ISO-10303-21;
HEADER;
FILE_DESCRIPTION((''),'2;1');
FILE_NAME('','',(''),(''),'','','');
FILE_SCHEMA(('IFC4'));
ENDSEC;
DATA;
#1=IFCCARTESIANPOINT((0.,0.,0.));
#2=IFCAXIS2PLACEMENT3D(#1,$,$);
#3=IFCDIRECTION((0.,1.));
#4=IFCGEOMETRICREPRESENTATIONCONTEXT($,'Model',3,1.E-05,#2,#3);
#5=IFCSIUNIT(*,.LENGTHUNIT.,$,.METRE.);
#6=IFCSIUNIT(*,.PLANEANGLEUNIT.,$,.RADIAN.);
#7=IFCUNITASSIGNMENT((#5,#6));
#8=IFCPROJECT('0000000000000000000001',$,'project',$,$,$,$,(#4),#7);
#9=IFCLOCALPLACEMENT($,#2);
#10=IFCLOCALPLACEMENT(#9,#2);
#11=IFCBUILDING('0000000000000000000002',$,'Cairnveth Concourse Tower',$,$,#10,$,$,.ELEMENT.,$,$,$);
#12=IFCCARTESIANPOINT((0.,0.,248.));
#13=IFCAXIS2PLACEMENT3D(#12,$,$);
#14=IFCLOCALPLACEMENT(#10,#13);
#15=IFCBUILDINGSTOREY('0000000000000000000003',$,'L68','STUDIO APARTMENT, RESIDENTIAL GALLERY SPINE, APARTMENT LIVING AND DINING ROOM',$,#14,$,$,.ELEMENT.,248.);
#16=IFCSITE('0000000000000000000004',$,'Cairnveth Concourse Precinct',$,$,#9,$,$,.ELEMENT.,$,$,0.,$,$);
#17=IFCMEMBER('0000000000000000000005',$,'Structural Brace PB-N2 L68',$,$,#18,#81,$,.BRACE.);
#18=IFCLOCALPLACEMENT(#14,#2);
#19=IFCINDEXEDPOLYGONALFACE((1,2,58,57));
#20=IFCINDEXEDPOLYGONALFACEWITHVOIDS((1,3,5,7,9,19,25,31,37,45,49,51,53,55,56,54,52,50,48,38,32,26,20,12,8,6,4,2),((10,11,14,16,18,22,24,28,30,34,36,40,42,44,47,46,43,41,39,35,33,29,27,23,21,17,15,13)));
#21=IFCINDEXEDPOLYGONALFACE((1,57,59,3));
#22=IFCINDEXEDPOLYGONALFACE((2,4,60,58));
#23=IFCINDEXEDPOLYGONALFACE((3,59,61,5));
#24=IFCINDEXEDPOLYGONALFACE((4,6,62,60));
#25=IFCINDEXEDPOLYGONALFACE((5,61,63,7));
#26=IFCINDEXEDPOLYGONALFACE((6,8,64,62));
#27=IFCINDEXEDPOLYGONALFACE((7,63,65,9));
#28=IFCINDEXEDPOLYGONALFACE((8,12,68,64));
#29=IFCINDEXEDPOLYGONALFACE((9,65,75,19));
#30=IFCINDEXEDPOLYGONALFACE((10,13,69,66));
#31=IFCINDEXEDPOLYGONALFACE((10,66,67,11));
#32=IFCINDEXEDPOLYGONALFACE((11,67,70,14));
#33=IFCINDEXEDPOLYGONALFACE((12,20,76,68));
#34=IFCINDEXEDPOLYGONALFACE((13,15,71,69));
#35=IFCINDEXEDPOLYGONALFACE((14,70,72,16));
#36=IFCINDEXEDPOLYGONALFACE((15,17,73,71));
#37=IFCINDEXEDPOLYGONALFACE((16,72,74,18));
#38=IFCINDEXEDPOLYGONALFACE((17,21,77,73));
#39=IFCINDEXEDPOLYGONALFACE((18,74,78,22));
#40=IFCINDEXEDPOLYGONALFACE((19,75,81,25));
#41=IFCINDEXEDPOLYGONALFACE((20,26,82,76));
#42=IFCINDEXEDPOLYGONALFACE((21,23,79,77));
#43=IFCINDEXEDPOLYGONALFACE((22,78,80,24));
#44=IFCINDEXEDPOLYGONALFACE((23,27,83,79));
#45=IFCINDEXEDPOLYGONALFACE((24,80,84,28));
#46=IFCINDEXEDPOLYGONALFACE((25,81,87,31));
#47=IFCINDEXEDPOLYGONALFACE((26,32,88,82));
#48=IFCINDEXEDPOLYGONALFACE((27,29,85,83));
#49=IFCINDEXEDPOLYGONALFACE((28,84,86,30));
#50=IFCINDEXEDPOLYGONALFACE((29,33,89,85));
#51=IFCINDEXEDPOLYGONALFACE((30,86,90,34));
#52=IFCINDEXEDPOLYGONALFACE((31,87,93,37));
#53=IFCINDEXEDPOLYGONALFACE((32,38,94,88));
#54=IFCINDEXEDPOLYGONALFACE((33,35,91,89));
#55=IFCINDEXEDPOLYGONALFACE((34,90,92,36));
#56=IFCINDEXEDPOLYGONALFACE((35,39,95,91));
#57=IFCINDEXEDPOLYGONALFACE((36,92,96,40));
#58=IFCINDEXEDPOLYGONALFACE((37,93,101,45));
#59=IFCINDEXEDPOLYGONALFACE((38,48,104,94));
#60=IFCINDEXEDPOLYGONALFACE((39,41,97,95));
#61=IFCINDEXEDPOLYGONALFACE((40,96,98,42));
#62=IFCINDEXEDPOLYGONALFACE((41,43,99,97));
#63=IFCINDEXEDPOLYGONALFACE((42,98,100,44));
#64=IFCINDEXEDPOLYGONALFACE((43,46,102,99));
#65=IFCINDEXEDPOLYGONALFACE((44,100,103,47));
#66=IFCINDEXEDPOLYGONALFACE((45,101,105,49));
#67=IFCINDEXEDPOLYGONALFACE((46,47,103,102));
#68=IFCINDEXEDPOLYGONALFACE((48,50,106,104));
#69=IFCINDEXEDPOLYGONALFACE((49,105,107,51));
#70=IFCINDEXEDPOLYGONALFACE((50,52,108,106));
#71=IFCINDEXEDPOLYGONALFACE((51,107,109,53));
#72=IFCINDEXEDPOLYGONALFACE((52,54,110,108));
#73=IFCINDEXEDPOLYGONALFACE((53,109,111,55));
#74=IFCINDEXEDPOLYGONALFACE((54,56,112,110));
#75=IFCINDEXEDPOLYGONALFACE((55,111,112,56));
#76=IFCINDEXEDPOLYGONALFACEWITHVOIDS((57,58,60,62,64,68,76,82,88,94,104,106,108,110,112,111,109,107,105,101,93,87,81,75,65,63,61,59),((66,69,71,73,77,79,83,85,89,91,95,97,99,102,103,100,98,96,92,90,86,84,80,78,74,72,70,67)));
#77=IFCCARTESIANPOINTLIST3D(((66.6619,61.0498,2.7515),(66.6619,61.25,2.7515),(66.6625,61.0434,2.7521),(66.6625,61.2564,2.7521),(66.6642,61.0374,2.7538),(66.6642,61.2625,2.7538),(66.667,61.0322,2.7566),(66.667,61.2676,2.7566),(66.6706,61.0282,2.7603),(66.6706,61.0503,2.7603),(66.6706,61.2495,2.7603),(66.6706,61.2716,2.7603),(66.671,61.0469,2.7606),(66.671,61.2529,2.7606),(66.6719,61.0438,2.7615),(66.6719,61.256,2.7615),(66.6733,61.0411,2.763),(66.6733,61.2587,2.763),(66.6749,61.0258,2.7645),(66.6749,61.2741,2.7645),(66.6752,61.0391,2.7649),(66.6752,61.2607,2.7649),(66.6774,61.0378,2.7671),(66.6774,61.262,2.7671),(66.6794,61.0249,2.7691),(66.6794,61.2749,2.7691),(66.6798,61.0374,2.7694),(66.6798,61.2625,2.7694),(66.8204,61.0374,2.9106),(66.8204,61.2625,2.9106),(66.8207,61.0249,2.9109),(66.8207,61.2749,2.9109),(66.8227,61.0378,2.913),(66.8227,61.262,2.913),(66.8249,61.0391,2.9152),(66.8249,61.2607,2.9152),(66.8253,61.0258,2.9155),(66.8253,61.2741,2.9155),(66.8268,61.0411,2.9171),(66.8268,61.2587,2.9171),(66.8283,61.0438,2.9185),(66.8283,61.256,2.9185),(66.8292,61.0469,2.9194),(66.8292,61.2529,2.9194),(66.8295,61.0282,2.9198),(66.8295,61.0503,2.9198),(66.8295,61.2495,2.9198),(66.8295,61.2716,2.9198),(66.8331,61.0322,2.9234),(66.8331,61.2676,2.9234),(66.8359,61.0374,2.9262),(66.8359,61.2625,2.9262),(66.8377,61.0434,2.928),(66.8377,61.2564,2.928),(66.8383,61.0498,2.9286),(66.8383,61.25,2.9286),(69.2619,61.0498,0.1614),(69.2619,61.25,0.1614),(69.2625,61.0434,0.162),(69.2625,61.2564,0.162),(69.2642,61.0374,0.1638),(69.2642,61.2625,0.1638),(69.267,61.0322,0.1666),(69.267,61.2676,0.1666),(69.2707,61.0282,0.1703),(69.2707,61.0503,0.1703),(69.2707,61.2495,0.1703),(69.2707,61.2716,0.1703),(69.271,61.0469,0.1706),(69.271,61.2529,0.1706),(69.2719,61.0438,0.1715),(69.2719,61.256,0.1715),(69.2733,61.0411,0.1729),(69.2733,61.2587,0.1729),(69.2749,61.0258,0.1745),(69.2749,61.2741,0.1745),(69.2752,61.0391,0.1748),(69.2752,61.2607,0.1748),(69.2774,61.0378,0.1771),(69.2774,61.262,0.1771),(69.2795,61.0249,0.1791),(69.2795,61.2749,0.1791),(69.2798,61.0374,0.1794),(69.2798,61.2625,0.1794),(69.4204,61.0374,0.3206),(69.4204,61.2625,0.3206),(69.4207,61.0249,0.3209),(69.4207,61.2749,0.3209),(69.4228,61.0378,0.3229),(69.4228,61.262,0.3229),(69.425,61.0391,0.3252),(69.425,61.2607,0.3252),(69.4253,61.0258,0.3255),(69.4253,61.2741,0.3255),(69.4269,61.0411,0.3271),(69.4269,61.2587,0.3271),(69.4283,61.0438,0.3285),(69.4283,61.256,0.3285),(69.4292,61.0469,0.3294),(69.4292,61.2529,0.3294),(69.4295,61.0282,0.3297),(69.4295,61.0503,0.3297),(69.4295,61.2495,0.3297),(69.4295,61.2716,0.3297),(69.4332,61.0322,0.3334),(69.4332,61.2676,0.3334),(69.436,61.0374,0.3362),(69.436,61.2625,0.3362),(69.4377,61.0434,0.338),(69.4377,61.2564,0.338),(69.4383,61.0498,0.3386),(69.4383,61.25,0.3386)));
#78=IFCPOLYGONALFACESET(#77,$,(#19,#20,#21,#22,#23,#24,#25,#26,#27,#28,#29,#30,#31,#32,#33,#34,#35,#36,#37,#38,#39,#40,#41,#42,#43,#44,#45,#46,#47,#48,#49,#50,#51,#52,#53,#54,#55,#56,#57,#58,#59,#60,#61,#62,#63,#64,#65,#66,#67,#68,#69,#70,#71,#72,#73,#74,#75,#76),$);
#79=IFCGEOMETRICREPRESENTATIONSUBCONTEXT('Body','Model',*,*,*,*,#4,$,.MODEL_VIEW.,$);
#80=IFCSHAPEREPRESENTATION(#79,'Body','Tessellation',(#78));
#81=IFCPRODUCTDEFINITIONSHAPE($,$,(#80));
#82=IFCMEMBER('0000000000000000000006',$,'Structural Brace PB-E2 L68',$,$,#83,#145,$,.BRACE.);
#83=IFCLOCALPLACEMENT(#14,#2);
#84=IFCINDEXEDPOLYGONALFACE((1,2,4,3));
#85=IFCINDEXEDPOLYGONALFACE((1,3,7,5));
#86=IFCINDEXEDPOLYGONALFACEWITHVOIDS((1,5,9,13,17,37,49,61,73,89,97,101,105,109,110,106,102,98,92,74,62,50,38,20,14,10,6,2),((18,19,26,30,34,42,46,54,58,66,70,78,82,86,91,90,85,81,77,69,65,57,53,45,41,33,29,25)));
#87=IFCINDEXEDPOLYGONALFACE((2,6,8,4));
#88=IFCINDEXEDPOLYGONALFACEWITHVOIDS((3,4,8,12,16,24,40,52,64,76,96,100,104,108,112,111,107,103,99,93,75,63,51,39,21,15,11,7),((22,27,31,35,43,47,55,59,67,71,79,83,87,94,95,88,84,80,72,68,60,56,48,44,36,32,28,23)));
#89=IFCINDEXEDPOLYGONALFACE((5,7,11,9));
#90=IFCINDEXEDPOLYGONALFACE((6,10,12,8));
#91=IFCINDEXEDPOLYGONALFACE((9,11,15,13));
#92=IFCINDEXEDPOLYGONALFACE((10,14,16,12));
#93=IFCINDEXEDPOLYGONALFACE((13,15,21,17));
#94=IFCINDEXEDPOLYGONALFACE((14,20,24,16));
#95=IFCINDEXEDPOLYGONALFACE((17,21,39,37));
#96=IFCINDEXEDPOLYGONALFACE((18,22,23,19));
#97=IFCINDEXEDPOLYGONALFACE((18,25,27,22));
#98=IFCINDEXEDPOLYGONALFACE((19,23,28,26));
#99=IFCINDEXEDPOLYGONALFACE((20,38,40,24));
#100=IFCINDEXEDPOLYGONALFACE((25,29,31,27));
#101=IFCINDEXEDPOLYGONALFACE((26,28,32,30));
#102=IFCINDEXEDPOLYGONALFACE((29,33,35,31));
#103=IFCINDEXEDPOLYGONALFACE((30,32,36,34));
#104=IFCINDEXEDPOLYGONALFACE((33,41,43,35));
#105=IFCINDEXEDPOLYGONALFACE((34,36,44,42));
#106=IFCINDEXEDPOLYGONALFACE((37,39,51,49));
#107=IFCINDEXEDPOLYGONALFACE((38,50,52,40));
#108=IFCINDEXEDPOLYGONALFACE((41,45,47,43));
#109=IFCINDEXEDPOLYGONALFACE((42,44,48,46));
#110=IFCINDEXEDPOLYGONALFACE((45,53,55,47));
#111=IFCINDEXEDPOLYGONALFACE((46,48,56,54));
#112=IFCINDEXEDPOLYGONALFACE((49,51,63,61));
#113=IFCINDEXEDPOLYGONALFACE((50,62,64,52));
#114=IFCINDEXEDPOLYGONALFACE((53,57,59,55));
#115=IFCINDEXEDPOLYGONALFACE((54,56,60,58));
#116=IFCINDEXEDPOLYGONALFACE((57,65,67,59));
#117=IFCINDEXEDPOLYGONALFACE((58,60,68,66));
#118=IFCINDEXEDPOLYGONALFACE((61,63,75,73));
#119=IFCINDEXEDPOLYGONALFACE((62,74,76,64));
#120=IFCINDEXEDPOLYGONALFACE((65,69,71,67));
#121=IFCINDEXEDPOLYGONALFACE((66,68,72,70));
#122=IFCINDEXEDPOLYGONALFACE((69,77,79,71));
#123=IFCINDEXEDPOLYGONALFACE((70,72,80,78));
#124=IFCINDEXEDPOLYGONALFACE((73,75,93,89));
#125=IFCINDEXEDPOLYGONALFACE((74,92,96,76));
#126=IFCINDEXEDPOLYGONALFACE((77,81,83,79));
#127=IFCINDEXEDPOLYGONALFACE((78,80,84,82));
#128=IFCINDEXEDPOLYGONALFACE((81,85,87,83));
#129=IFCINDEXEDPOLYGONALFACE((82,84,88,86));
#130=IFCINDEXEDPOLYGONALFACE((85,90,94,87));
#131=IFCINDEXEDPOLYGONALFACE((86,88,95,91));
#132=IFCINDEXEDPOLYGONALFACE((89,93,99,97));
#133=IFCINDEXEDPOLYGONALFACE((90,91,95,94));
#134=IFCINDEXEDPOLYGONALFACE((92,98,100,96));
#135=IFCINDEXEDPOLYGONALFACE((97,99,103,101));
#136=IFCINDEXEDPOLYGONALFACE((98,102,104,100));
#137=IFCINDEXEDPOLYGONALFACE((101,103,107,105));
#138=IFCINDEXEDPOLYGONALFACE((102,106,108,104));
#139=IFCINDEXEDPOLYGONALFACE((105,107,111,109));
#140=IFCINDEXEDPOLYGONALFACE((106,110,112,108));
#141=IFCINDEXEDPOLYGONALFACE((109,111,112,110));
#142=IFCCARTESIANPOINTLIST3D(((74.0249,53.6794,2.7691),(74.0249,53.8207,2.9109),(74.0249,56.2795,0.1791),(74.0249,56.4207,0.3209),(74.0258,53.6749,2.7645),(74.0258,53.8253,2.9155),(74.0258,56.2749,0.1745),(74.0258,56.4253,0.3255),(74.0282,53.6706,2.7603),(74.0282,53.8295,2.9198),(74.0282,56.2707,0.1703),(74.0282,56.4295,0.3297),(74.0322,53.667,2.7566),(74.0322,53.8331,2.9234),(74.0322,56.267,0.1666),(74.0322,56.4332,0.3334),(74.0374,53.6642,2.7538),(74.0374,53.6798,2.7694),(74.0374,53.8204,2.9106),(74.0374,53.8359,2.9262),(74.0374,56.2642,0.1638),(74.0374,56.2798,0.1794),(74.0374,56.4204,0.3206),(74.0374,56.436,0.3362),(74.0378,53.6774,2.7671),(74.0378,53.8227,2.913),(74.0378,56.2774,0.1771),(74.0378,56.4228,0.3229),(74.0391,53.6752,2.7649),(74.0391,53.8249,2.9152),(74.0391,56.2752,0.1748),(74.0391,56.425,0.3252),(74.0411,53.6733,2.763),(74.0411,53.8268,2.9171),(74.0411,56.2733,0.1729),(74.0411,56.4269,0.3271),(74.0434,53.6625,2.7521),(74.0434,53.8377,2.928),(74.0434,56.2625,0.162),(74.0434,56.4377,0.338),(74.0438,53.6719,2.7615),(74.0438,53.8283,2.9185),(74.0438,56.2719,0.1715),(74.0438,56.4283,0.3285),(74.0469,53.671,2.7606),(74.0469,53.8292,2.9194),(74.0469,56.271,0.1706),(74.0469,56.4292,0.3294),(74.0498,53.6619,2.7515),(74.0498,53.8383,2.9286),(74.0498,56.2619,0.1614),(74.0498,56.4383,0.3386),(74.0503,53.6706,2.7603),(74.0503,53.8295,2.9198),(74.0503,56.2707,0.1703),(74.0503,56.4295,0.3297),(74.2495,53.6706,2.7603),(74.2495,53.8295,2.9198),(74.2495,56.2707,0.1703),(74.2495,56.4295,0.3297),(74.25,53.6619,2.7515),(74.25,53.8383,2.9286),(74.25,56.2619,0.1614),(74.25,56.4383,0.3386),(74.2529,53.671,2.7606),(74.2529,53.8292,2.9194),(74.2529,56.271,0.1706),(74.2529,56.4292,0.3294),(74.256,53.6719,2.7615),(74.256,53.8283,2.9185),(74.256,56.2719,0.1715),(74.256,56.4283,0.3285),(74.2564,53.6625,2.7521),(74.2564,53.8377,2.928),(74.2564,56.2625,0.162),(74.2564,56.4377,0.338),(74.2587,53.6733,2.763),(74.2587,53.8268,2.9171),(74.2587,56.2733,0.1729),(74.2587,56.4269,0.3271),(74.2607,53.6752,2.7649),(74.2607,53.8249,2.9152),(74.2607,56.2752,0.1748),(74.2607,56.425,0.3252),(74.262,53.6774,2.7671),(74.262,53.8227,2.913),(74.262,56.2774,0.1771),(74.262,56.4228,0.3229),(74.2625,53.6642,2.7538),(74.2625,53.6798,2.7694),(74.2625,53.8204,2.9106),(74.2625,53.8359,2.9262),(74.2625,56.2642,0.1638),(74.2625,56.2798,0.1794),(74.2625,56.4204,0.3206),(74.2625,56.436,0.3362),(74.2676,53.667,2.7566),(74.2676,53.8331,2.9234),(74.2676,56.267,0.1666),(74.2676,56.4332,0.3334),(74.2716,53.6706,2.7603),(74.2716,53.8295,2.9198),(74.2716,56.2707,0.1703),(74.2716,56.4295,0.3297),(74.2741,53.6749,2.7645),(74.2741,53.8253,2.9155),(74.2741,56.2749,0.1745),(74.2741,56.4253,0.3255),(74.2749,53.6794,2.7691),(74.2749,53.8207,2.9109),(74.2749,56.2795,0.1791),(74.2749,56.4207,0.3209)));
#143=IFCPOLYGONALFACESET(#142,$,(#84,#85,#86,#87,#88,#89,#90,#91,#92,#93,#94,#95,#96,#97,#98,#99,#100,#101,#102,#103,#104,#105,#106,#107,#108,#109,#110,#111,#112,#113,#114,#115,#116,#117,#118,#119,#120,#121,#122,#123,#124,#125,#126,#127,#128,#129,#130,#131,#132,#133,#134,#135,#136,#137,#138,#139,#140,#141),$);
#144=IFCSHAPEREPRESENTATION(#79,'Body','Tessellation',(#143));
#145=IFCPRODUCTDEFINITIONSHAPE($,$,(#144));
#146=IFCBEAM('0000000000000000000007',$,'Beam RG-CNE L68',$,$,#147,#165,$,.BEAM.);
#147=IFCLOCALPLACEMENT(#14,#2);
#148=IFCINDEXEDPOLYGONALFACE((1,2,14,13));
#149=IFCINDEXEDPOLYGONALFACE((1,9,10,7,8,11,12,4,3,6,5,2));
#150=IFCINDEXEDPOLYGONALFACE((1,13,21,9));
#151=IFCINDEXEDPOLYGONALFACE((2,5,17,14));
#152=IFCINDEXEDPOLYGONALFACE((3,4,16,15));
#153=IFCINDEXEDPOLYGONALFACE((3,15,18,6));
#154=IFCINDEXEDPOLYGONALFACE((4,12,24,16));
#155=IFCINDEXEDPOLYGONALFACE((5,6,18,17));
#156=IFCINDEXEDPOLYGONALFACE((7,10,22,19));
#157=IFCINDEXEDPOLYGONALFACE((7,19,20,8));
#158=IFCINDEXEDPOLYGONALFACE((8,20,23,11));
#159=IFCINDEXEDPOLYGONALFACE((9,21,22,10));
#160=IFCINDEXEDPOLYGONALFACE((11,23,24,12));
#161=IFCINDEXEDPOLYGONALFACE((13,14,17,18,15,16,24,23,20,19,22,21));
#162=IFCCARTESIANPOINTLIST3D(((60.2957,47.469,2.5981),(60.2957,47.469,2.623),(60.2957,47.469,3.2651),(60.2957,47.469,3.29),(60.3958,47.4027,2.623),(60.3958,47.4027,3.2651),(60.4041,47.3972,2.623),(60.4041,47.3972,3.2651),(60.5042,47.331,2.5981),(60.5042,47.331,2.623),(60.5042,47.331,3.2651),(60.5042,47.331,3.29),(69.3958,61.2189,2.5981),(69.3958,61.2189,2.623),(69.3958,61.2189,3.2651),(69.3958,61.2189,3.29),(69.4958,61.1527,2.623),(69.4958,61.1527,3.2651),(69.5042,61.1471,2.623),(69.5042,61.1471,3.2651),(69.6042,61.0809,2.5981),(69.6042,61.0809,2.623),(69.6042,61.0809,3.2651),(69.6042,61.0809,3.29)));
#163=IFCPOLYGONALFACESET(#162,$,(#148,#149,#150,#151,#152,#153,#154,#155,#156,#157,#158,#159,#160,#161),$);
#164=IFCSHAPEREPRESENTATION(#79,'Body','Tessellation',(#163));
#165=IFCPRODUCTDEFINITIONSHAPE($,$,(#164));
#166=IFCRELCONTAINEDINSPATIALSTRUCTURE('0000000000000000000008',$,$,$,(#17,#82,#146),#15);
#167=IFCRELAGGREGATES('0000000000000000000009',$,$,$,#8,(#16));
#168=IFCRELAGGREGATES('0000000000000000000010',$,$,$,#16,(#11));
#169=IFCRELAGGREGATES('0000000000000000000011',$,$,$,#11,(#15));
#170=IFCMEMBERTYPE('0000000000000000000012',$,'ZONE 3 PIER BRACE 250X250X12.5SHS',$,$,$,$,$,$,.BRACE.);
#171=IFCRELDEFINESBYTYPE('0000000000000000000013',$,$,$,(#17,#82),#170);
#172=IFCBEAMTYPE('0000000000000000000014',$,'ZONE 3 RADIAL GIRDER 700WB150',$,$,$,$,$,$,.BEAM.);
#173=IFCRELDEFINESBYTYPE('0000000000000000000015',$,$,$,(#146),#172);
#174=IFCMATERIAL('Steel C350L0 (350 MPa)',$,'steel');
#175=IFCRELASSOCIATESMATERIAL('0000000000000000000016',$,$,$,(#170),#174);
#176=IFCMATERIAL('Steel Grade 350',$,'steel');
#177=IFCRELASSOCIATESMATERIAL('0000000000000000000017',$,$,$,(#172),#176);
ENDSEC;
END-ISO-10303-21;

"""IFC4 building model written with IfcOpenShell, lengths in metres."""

from ifc_helpers import new_model, si_unit, direction, frame, origin, origin_2d, place, context, subcontext, project, spatial, hollow_rectangle, i_section, extrude, material, material_profile, profile_set, type_object, element, save


model = new_model("IFC4")

# Units and contexts
model_context = context("Model", 3, precision=1e-05, world=origin(), true_north=direction((0.0, 1.0)))
body_context = subcontext(model_context, "Body", "Model", "MODEL_VIEW")
ifc_project = project(units=[si_unit("LENGTHUNIT", "METRE"), si_unit("PLANEANGLEUNIT", "RADIAN")], contexts=[model_context])

# Site, building, storey
site_placement = place(None, origin())
site = spatial("IfcSite", under=ifc_project, at=site_placement, Name="Cairnveth Concourse Precinct", CompositionType="ELEMENT", RefElevation=0.0)
building_placement = place(site_placement, origin())
building = spatial("IfcBuilding", under=site, at=building_placement, Name="Cairnveth Concourse Tower", CompositionType="ELEMENT")
storey_placement = place(building_placement, frame((0.0, 0.0, 248.0)))
storey = spatial("IfcBuildingStorey", under=building, at=storey_placement, Name="L68", Description="STUDIO APARTMENT, RESIDENTIAL GALLERY SPINE, APARTMENT LIVING AND DINING ROOM", CompositionType="ELEMENT", Elevation=248.0)

# Shared definitions
ifc_material_1 = material(Name="Steel Grade 350", Category="steel")

# Members
ifc_material_2 = material(Name="Steel C350L0 (350 MPa)", Category="steel")
ifc_material_profile_1 = material_profile(ifc_material_2, hollow_rectangle(XDim=0.25, YDim=0.25, WallThickness=0.0125, InnerFilletRadius=0.0129, OuterFilletRadius=0.0249, at=origin_2d()), Name="250x250x12.5SHS")
ifc_profile_set_1 = profile_set([ifc_material_profile_1], Name="Steel C350L0 (350 MPa)")
member_type = type_object("IfcMemberType", Name="ZONE 3 PIER BRACE 250X250X12.5SHS", PredefinedType="BRACE", material=ifc_profile_set_1)
for number, where, z_axis, x_axis, name in (
    (1, (69.3501, 61.1499, 0.25), (-0.708469, 0.0, 0.705742), (0.0, -1.0, 0.0), "Structural Brace PB-N2 L68"),
    (2, (74.1499, 56.3501, 0.25), (0.0, -0.708469, 0.705742), (1.0, 0.0, 0.0), "Structural Brace PB-E2 L68"),
):
    element("IfcMember", number, at=place(storey_placement, frame(where, z_axis=z_axis, x_axis=x_axis)), inside=storey, type_object=member_type, Name=name, PredefinedType="BRACE", context=body_context, shape_type="SweptSolid", body=[
        extrude(hollow_rectangle(XDim=0.25, YDim=0.25, WallThickness=0.0125, InnerFilletRadius=0.0129, OuterFilletRadius=0.0249, at=origin_2d()), origin(), (0.0, 0.0, 1.0), 3.6699),
    ])

# Beam
ifc_material_profile_2 = material_profile(ifc_material_1, i_section(OverallWidth=0.25, OverallDepth=0.6919, WebThickness=0.01, FlangeThickness=0.0249, at=origin_2d()), Name="700WB150")
ifc_profile_set_2 = profile_set([ifc_material_profile_2], Name="Steel Grade 350")
beam_type_1 = type_object("IfcBeamType", Name="ZONE 3 RADIAL GIRDER 700WB150", PredefinedType="BEAM", material=ifc_profile_set_2)
beam_1_placement = place(storey_placement, frame((69.5, 61.1499, 2.9441), z_axis=(-0.551902, -0.833909, 0.0), x_axis=(0.833909, -0.551902, 0.0)))
element("IfcBeam", 3, at=beam_1_placement, inside=storey, type_object=beam_type_1, Name="Beam RG-CNE L68", PredefinedType="BEAM", context=body_context, shape_type="SweptSolid", body=[
    extrude(i_section(OverallWidth=0.25, OverallDepth=0.6919, WebThickness=0.01, FlangeThickness=0.0249, at=origin_2d()), origin(), (0.0, 0.0, 1.0), 16.4885),
])

save(model, "model.ifc")
